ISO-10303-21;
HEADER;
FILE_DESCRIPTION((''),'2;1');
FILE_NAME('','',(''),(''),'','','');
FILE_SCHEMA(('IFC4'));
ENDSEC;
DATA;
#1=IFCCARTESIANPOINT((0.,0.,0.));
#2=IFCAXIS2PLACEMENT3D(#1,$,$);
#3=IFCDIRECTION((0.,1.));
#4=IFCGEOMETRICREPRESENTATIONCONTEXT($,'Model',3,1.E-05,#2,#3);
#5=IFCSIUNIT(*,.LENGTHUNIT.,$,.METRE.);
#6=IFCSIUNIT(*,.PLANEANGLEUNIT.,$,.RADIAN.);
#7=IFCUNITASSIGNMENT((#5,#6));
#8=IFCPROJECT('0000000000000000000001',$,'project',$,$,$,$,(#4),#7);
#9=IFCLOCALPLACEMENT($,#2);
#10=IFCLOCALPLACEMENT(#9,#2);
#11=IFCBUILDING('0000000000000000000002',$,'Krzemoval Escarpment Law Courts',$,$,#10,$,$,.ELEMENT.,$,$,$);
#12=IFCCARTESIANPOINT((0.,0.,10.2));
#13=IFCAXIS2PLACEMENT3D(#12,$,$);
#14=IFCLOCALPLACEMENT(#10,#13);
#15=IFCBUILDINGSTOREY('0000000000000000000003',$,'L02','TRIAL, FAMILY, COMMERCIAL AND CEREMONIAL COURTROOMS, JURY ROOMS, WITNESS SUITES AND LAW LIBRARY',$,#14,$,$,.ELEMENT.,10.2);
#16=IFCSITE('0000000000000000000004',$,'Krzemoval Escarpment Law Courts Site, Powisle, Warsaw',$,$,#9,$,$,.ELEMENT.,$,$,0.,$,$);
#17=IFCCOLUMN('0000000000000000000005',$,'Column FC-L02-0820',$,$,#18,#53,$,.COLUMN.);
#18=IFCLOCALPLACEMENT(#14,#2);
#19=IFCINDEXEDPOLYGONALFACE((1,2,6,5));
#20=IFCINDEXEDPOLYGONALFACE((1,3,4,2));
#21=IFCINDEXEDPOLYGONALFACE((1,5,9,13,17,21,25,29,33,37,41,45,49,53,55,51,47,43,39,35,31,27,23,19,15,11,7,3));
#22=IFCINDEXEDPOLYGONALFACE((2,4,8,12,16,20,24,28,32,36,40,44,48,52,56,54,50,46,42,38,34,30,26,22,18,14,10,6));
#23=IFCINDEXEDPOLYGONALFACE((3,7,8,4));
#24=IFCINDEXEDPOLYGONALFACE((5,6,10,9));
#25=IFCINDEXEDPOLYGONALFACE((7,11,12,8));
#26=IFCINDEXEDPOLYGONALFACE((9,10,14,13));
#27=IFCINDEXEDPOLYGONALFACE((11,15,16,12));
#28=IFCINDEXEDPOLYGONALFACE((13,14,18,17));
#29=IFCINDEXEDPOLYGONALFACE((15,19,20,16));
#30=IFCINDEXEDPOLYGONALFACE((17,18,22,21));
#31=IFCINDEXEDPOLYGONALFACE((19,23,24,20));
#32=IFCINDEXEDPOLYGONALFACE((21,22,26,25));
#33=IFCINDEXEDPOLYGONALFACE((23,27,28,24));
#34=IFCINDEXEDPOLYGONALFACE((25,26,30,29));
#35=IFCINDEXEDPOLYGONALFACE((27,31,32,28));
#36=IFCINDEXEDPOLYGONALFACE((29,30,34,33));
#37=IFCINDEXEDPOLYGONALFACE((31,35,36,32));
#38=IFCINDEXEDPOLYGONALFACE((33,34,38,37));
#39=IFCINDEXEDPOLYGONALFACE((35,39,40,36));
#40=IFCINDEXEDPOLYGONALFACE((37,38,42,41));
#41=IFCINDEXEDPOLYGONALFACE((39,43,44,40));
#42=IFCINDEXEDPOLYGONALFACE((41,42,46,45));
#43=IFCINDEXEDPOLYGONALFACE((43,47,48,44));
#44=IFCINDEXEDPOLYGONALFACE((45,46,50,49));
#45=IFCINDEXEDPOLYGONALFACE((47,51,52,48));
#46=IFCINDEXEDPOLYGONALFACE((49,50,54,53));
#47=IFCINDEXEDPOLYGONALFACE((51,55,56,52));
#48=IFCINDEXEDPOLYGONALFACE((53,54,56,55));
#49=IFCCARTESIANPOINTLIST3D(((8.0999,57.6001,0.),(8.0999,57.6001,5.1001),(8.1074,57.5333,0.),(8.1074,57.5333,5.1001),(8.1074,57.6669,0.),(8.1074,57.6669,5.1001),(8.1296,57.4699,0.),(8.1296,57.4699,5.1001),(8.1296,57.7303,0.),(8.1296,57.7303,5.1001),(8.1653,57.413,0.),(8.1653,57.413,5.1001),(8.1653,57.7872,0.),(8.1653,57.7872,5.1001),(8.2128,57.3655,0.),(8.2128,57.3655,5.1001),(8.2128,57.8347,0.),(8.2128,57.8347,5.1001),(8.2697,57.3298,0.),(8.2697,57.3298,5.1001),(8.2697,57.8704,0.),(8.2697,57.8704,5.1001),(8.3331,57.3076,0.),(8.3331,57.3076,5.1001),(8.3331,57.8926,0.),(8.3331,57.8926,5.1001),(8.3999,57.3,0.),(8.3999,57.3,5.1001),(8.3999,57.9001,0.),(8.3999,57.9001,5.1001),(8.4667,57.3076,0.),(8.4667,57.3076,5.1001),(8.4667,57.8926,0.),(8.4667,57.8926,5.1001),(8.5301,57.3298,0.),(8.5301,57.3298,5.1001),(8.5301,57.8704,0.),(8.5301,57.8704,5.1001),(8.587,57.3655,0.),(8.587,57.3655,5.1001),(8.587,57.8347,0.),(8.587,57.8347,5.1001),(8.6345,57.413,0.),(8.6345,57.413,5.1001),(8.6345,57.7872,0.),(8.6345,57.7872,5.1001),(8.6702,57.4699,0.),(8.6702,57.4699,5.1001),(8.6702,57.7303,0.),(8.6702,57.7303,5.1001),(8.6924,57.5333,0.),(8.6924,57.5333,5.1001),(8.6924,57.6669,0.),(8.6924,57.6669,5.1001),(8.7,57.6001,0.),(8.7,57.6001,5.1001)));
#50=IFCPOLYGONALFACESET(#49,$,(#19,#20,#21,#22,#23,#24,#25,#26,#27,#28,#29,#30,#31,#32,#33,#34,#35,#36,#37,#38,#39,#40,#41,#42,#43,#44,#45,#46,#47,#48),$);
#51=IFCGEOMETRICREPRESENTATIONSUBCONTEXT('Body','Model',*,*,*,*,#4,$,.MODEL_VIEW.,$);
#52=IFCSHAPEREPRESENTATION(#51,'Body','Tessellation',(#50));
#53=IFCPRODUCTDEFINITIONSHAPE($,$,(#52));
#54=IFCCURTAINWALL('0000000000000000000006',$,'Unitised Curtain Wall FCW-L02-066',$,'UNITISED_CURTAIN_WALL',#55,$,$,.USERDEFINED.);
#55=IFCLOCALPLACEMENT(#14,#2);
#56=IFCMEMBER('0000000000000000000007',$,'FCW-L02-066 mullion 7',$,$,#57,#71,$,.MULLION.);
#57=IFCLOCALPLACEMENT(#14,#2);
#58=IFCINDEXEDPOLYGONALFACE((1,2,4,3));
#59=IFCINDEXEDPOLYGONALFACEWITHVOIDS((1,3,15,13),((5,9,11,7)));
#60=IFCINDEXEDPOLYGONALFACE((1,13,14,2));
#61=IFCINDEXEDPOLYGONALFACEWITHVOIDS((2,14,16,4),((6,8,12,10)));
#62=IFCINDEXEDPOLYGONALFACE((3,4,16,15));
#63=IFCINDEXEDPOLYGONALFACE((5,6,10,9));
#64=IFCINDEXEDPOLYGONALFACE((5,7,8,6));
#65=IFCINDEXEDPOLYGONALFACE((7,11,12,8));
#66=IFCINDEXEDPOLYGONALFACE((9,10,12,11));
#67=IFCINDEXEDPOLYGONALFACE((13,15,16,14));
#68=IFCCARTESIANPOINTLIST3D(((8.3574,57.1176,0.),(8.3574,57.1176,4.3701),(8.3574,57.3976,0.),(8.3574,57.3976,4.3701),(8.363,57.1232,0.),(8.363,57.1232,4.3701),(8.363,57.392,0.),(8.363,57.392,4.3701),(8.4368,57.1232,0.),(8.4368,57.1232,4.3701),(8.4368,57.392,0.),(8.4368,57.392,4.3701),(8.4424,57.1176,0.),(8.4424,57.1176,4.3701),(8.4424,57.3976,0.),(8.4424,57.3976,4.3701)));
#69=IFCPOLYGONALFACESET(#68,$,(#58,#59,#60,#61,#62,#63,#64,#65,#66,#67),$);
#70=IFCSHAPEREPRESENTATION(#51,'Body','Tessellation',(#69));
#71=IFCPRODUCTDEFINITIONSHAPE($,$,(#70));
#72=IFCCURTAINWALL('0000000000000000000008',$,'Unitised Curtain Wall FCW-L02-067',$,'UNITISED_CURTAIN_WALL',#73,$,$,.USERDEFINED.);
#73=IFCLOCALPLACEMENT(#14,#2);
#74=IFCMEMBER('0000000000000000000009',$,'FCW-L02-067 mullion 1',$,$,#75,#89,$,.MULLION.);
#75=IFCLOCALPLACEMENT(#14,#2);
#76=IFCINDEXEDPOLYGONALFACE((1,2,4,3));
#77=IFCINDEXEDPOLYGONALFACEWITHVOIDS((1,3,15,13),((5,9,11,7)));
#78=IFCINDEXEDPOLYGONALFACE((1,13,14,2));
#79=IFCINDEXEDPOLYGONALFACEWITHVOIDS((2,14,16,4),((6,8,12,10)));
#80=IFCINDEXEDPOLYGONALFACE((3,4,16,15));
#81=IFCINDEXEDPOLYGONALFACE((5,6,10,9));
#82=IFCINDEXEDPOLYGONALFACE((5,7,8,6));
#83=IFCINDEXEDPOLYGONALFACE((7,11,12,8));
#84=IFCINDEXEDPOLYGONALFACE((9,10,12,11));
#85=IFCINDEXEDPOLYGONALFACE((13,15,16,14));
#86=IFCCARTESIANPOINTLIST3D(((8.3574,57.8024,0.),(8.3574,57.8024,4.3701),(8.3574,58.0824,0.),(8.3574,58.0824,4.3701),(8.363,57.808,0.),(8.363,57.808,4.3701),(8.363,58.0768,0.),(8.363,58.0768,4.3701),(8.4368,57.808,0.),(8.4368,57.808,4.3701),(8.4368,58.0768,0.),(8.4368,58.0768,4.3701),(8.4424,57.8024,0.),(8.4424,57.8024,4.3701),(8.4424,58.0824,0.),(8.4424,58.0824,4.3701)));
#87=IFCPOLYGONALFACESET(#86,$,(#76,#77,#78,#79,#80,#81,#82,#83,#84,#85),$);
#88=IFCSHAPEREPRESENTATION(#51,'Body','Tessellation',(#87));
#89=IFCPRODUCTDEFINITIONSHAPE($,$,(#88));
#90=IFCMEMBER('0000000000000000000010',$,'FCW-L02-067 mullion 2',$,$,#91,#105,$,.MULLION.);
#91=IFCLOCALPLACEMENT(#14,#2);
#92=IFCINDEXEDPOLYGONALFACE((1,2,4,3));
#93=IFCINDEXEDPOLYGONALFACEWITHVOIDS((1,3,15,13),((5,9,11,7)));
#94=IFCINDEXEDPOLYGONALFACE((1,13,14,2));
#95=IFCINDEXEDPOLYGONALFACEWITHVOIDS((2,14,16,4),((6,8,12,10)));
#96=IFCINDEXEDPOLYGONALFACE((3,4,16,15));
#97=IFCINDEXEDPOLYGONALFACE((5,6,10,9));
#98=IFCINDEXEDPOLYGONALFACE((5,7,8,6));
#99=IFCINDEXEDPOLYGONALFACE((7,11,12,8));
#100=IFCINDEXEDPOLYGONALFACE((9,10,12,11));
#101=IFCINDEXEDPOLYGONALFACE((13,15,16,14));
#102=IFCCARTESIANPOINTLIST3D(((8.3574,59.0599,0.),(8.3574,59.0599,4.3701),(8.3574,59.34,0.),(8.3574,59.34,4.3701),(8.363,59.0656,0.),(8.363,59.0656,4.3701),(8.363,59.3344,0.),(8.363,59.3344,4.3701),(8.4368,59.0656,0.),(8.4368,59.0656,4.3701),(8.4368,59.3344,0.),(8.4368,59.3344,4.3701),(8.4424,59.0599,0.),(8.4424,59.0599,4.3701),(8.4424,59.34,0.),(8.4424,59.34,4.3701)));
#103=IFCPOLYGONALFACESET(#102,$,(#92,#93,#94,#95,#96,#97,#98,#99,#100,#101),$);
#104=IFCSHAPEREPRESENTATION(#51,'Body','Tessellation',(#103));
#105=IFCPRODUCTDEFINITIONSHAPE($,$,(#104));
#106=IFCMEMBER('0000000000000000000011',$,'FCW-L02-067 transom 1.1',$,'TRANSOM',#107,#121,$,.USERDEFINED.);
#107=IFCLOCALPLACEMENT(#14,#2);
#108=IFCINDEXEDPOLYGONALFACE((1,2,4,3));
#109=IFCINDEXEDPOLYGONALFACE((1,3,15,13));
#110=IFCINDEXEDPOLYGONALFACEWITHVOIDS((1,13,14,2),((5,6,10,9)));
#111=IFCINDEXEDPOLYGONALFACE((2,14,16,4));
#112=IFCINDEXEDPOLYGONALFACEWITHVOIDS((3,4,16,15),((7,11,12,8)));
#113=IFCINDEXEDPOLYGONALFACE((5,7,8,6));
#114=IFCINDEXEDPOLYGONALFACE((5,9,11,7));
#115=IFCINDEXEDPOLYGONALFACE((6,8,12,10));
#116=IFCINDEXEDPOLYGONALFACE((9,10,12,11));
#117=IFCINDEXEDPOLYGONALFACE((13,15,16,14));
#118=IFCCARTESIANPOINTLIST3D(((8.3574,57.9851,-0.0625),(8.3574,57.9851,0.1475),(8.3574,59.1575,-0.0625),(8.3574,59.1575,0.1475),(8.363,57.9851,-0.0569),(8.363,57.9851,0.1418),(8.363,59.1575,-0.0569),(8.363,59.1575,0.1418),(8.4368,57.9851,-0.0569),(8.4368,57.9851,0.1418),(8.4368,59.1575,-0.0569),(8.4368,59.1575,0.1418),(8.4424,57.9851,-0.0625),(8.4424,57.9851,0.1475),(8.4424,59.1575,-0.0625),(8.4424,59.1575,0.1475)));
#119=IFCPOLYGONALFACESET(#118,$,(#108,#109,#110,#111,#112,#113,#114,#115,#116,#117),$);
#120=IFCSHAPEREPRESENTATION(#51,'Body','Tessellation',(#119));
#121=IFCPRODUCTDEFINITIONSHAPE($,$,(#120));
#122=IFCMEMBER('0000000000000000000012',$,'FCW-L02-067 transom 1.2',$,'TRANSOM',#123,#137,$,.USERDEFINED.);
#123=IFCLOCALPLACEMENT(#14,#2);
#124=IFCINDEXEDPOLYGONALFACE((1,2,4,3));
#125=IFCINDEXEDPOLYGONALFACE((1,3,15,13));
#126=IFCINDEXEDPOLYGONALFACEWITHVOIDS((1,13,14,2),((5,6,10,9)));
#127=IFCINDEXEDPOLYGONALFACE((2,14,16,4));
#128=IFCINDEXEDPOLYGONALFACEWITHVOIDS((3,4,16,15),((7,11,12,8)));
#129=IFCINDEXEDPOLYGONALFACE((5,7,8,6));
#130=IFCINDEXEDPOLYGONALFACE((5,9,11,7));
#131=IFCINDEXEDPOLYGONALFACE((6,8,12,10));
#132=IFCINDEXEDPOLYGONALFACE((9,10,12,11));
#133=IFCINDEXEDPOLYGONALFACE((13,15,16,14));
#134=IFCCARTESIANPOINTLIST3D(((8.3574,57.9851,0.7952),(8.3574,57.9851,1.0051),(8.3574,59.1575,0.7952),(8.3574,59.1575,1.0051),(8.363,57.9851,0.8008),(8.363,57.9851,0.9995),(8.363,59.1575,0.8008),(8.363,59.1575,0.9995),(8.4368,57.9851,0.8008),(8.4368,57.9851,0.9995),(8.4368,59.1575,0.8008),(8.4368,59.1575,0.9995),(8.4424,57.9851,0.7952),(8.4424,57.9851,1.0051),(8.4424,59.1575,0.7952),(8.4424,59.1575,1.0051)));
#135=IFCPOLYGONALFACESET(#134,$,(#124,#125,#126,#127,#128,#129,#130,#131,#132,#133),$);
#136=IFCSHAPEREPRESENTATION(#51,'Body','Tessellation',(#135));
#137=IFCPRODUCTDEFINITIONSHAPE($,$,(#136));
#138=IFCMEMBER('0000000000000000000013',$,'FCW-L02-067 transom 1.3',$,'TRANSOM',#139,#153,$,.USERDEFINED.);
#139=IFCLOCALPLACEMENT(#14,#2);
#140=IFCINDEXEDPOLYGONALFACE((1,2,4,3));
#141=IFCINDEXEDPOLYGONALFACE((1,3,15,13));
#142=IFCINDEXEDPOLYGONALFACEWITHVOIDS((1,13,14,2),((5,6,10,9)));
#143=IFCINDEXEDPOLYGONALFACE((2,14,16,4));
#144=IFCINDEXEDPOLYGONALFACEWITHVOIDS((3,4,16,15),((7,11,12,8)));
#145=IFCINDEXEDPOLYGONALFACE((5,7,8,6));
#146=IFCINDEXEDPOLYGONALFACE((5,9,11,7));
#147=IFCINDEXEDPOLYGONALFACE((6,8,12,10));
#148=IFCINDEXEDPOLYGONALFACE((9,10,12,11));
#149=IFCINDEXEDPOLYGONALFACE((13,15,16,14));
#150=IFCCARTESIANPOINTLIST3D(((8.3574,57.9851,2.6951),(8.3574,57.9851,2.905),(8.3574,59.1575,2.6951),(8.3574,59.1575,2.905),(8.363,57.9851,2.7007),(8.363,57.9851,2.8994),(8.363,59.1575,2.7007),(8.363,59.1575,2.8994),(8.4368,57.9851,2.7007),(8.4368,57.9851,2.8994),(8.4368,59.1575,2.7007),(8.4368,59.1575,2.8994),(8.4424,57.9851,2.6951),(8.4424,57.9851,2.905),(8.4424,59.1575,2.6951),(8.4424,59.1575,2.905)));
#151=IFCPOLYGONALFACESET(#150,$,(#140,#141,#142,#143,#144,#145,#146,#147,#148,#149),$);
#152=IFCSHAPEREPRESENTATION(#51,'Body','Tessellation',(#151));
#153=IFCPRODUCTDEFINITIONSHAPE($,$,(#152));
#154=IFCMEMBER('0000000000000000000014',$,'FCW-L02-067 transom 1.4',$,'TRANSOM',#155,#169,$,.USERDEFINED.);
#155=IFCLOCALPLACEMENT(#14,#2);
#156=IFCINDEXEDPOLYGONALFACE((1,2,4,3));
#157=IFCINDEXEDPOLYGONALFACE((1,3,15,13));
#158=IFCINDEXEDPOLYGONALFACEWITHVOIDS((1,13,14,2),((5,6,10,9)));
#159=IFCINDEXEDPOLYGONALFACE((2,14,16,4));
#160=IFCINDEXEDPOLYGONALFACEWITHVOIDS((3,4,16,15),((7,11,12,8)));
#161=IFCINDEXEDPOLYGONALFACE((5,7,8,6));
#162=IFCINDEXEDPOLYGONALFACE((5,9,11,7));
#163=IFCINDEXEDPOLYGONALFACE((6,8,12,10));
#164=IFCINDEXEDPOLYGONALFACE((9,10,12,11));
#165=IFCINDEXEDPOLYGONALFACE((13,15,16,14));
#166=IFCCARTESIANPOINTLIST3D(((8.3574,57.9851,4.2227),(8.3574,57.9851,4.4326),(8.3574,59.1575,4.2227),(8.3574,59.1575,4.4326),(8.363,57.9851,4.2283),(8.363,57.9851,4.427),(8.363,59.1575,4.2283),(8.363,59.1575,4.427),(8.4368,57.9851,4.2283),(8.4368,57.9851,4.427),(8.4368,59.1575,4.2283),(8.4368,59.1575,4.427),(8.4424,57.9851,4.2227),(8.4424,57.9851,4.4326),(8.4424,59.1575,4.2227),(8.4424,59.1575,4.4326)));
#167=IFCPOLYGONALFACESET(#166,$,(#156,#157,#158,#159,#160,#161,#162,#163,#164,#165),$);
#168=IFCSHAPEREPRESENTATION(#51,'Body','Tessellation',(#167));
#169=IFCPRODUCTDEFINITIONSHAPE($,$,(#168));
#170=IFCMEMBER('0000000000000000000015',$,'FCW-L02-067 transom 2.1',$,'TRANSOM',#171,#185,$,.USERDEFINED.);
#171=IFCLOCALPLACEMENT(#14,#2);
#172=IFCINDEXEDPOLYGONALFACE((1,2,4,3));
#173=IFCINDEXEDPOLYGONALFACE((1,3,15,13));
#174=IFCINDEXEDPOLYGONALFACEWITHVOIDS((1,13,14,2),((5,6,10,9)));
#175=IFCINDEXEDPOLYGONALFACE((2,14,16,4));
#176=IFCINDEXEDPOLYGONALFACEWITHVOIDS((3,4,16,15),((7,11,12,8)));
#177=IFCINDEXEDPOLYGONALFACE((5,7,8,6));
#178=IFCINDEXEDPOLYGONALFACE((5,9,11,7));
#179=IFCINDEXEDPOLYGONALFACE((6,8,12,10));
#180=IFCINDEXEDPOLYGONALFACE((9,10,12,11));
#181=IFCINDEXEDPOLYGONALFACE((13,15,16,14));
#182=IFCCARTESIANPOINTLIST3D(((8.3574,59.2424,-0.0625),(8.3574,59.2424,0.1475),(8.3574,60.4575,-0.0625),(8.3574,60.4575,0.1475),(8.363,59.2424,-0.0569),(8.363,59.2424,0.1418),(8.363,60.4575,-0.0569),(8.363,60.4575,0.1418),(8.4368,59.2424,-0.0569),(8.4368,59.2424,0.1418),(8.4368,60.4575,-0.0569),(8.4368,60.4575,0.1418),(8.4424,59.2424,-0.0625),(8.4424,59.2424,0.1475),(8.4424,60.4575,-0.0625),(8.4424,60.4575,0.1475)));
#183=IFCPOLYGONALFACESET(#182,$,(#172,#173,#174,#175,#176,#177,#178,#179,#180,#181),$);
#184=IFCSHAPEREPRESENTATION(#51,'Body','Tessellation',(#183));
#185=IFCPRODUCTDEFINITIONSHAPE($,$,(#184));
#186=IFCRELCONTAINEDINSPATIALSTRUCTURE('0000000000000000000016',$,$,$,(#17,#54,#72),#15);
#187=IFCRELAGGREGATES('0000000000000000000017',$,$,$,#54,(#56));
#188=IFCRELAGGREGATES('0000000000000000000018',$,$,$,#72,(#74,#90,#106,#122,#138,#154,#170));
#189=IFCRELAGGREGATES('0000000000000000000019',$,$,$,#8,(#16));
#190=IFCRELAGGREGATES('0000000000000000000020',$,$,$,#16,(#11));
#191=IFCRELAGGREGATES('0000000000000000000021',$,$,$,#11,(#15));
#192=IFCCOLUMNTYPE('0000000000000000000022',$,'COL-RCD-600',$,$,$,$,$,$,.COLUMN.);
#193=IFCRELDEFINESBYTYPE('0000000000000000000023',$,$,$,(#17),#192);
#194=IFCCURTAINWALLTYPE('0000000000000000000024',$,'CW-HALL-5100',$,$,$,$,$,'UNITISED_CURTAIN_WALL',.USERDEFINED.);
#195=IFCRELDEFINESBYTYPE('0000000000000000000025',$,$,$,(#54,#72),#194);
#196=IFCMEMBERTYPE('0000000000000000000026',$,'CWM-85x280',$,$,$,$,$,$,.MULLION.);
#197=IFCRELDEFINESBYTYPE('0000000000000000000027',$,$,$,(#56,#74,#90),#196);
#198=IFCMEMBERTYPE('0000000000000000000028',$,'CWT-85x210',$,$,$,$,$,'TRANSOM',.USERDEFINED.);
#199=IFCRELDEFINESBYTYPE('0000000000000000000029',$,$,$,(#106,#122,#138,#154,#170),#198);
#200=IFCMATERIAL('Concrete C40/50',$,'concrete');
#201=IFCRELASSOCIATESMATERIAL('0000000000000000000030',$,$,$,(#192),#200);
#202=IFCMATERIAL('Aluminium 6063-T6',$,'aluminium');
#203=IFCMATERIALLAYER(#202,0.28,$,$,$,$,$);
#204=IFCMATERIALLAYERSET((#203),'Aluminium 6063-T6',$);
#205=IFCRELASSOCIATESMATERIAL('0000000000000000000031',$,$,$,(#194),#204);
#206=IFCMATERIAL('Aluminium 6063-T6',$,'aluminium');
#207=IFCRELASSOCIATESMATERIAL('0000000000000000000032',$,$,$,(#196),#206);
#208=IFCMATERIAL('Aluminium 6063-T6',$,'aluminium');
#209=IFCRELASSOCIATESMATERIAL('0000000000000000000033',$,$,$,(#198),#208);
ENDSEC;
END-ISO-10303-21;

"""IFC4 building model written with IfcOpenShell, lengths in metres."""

from ifc_helpers import new_model, si_unit, direction, frame, origin, origin_2d, place, context, subcontext, project, spatial, hollow_rectangle, circle, extrude, material, layer, layer_set, material_profile, profile_set, type_object, element, aggregate, save


model = new_model("IFC4")

# Units and contexts
model_context = context("Model", 3, precision=1e-05, world=origin(), true_north=direction((0.0, 1.0)))
body_context = subcontext(model_context, "Body", "Model", "MODEL_VIEW")
ifc_project = project(units=[si_unit("LENGTHUNIT", "METRE"), si_unit("PLANEANGLEUNIT", "RADIAN")], contexts=[model_context])

# Site, building, storey
site_placement = place(None, origin())
site = spatial("IfcSite", under=ifc_project, at=site_placement, Name="Krzemoval Escarpment Law Courts Site, Powisle, Warsaw", CompositionType="ELEMENT", RefElevation=0.0)
building_placement = place(site_placement, origin())
building = spatial("IfcBuilding", under=site, at=building_placement, Name="Krzemoval Escarpment Law Courts", CompositionType="ELEMENT")
storey_placement = place(building_placement, frame((0.0, 0.0, 10.2)))
storey = spatial("IfcBuildingStorey", under=building, at=storey_placement, Name="L02", Description="TRIAL, FAMILY, COMMERCIAL AND CEREMONIAL COURTROOMS, JURY ROOMS, WITNESS SUITES AND LAW LIBRARY", CompositionType="ELEMENT", Elevation=10.2)

# Column
ifc_material_1 = material(Name="Concrete C40/50", Category="concrete")
ifc_material_profile_1 = material_profile(ifc_material_1, circle(Radius=0.3, at=origin_2d()), Name="RC D600")
ifc_profile_set_1 = profile_set([ifc_material_profile_1], Name="Concrete C40/50")
column_type = type_object("IfcColumnType", Name="COL-RCD-600", PredefinedType="COLUMN", material=ifc_profile_set_1)
column_placement = place(storey_placement, frame((8.3999, 57.6001, 0.0), z_axis=(0.0, 0.0, 1.0), x_axis=(1.0, 0.0, 0.0)))
element("IfcColumn", 1, at=column_placement, inside=storey, type_object=column_type, Name="Column FC-L02-0820", PredefinedType="COLUMN", context=body_context, shape_type="SweptSolid", body=[
    extrude(circle(Radius=0.3, at=origin_2d()), origin(), (0.0, 0.0, 1.0), 5.1001),
])

# Curtain wall, member
ifc_material_2 = material(Name="Aluminium 6063-T6", Category="aluminium")
ifc_layer_1 = layer(ifc_material_2, 0.28)
ifc_layer_set_1 = layer_set([ifc_layer_1], Name="Aluminium 6063-T6")
curtain_wall_type = type_object("IfcCurtainWallType", Name="CW-HALL-5100", ElementType="UNITISED_CURTAIN_WALL", PredefinedType="USERDEFINED", material=ifc_layer_set_1)
curtain_wall_1_placement = place(storey_placement, origin())
curtain_wall_1 = element("IfcCurtainWall", 2, at=curtain_wall_1_placement, inside=storey, type_object=curtain_wall_type, Name="Unitised Curtain Wall FCW-L02-066", ObjectType="UNITISED_CURTAIN_WALL", PredefinedType="USERDEFINED")
ifc_material_3 = material(Name="Aluminium 6063-T6", Category="aluminium")
ifc_material_profile_2 = material_profile(ifc_material_3, hollow_rectangle(XDim=0.085, YDim=0.28, WallThickness=0.0056, at=origin_2d()), Name="ALU M85x280")
ifc_profile_set_2 = profile_set([ifc_material_profile_2], Name="Aluminium 6063-T6")
member_type_1 = type_object("IfcMemberType", Name="CWM-85x280", PredefinedType="MULLION", material=ifc_profile_set_2)
member_1_placement = place(storey_placement, frame((8.3999, 57.2576, 0.0), z_axis=(0.0, 0.0, 1.0), x_axis=(-1.0, 0.0, 0.0)))
member_1 = element("IfcMember", 3, at=member_1_placement, type_object=member_type_1, Name="FCW-L02-066 mullion 7", PredefinedType="MULLION", context=body_context, shape_type="SweptSolid", body=[
    extrude(hollow_rectangle(XDim=0.085, YDim=0.28, WallThickness=0.0056, at=origin_2d()), origin(), (0.0, 0.0, 1.0), 4.3701),
])

# Curtain wall, members
curtain_wall_2_placement = place(storey_placement, origin())
curtain_wall_2 = element("IfcCurtainWall", 4, at=curtain_wall_2_placement, inside=storey, type_object=curtain_wall_type, Name="Unitised Curtain Wall FCW-L02-067", ObjectType="UNITISED_CURTAIN_WALL", PredefinedType="USERDEFINED")
member_2_placement = place(storey_placement, frame((8.3999, 57.9424, 0.0), z_axis=(0.0, 0.0, 1.0), x_axis=(-1.0, 0.0, 0.0)))
member_2 = element("IfcMember", 5, at=member_2_placement, type_object=member_type_1, Name="FCW-L02-067 mullion 1", PredefinedType="MULLION", context=body_context, shape_type="SweptSolid", body=[
    extrude(hollow_rectangle(XDim=0.085, YDim=0.28, WallThickness=0.0056, at=origin_2d()), origin(), (0.0, 0.0, 1.0), 4.3701),
])
member_3_placement = place(storey_placement, frame((8.3999, 59.2, 0.0), z_axis=(0.0, 0.0, 1.0), x_axis=(-1.0, 0.0, 0.0)))
member_3 = element("IfcMember", 6, at=member_3_placement, type_object=member_type_1, Name="FCW-L02-067 mullion 2", PredefinedType="MULLION", context=body_context, shape_type="SweptSolid", body=[
    extrude(hollow_rectangle(XDim=0.085, YDim=0.28, WallThickness=0.0056, at=origin_2d()), origin(), (0.0, 0.0, 1.0), 4.3701),
])
ifc_material_4 = material(Name="Aluminium 6063-T6", Category="aluminium")
ifc_material_profile_3 = material_profile(ifc_material_4, hollow_rectangle(XDim=0.085, YDim=0.21, WallThickness=0.0056, at=origin_2d()), Name="ALU T85x210")
ifc_profile_set_3 = profile_set([ifc_material_profile_3], Name="Aluminium 6063-T6")
member_type_2 = type_object("IfcMemberType", Name="CWT-85x210", ElementType="TRANSOM", PredefinedType="USERDEFINED", material=ifc_profile_set_3)
member_4_placement = place(storey_placement, frame((8.3999, 57.9851, 0.0425), z_axis=(0.0, 1.0, 0.0), x_axis=(-1.0, 0.0, 0.0)))
member_4 = element("IfcMember", 7, at=member_4_placement, type_object=member_type_2, Name="FCW-L02-067 transom 1.1", ObjectType="TRANSOM", PredefinedType="USERDEFINED", context=body_context, shape_type="SweptSolid", body=[
    extrude(hollow_rectangle(XDim=0.085, YDim=0.21, WallThickness=0.0056, at=origin_2d()), origin(), (0.0, 0.0, 1.0), 1.1724),
])
member_5_placement = place(storey_placement, frame((8.3999, 57.9851, 0.9001), z_axis=(0.0, 1.0, 0.0), x_axis=(-1.0, 0.0, 0.0)))
member_5 = element("IfcMember", 8, at=member_5_placement, type_object=member_type_2, Name="FCW-L02-067 transom 1.2", ObjectType="TRANSOM", PredefinedType="USERDEFINED", context=body_context, shape_type="SweptSolid", body=[
    extrude(hollow_rectangle(XDim=0.085, YDim=0.21, WallThickness=0.0056, at=origin_2d()), origin(), (0.0, 0.0, 1.0), 1.1724),
])
member_6_placement = place(storey_placement, frame((8.3999, 57.9851, 2.8), z_axis=(0.0, 1.0, 0.0), x_axis=(-1.0, 0.0, 0.0)))
member_6 = element("IfcMember", 9, at=member_6_placement, type_object=member_type_2, Name="FCW-L02-067 transom 1.3", ObjectType="TRANSOM", PredefinedType="USERDEFINED", context=body_context, shape_type="SweptSolid", body=[
    extrude(hollow_rectangle(XDim=0.085, YDim=0.21, WallThickness=0.0056, at=origin_2d()), origin(), (0.0, 0.0, 1.0), 1.1724),
])
member_7_placement = place(storey_placement, frame((8.3999, 57.9851, 4.3276), z_axis=(0.0, 1.0, 0.0), x_axis=(-1.0, 0.0, 0.0)))
member_7 = element("IfcMember", 10, at=member_7_placement, type_object=member_type_2, Name="FCW-L02-067 transom 1.4", ObjectType="TRANSOM", PredefinedType="USERDEFINED", context=body_context, shape_type="SweptSolid", body=[
    extrude(hollow_rectangle(XDim=0.085, YDim=0.21, WallThickness=0.0056, at=origin_2d()), origin(), (0.0, 0.0, 1.0), 1.1724),
])
member_8_placement = place(storey_placement, frame((8.3999, 59.2424, 0.0425), z_axis=(0.0, 1.0, 0.0), x_axis=(-1.0, 0.0, 0.0)))
member_8 = element("IfcMember", 11, at=member_8_placement, type_object=member_type_2, Name="FCW-L02-067 transom 2.1", ObjectType="TRANSOM", PredefinedType="USERDEFINED", context=body_context, shape_type="SweptSolid", body=[
    extrude(hollow_rectangle(XDim=0.085, YDim=0.21, WallThickness=0.0056, at=origin_2d()), origin(), (0.0, 0.0, 1.0), 1.2151),
])

aggregate(curtain_wall_1, [member_1])
aggregate(curtain_wall_2, [member_2, member_3, member_4, member_5, member_6, member_7, member_8])

save(model, "model.ifc")
